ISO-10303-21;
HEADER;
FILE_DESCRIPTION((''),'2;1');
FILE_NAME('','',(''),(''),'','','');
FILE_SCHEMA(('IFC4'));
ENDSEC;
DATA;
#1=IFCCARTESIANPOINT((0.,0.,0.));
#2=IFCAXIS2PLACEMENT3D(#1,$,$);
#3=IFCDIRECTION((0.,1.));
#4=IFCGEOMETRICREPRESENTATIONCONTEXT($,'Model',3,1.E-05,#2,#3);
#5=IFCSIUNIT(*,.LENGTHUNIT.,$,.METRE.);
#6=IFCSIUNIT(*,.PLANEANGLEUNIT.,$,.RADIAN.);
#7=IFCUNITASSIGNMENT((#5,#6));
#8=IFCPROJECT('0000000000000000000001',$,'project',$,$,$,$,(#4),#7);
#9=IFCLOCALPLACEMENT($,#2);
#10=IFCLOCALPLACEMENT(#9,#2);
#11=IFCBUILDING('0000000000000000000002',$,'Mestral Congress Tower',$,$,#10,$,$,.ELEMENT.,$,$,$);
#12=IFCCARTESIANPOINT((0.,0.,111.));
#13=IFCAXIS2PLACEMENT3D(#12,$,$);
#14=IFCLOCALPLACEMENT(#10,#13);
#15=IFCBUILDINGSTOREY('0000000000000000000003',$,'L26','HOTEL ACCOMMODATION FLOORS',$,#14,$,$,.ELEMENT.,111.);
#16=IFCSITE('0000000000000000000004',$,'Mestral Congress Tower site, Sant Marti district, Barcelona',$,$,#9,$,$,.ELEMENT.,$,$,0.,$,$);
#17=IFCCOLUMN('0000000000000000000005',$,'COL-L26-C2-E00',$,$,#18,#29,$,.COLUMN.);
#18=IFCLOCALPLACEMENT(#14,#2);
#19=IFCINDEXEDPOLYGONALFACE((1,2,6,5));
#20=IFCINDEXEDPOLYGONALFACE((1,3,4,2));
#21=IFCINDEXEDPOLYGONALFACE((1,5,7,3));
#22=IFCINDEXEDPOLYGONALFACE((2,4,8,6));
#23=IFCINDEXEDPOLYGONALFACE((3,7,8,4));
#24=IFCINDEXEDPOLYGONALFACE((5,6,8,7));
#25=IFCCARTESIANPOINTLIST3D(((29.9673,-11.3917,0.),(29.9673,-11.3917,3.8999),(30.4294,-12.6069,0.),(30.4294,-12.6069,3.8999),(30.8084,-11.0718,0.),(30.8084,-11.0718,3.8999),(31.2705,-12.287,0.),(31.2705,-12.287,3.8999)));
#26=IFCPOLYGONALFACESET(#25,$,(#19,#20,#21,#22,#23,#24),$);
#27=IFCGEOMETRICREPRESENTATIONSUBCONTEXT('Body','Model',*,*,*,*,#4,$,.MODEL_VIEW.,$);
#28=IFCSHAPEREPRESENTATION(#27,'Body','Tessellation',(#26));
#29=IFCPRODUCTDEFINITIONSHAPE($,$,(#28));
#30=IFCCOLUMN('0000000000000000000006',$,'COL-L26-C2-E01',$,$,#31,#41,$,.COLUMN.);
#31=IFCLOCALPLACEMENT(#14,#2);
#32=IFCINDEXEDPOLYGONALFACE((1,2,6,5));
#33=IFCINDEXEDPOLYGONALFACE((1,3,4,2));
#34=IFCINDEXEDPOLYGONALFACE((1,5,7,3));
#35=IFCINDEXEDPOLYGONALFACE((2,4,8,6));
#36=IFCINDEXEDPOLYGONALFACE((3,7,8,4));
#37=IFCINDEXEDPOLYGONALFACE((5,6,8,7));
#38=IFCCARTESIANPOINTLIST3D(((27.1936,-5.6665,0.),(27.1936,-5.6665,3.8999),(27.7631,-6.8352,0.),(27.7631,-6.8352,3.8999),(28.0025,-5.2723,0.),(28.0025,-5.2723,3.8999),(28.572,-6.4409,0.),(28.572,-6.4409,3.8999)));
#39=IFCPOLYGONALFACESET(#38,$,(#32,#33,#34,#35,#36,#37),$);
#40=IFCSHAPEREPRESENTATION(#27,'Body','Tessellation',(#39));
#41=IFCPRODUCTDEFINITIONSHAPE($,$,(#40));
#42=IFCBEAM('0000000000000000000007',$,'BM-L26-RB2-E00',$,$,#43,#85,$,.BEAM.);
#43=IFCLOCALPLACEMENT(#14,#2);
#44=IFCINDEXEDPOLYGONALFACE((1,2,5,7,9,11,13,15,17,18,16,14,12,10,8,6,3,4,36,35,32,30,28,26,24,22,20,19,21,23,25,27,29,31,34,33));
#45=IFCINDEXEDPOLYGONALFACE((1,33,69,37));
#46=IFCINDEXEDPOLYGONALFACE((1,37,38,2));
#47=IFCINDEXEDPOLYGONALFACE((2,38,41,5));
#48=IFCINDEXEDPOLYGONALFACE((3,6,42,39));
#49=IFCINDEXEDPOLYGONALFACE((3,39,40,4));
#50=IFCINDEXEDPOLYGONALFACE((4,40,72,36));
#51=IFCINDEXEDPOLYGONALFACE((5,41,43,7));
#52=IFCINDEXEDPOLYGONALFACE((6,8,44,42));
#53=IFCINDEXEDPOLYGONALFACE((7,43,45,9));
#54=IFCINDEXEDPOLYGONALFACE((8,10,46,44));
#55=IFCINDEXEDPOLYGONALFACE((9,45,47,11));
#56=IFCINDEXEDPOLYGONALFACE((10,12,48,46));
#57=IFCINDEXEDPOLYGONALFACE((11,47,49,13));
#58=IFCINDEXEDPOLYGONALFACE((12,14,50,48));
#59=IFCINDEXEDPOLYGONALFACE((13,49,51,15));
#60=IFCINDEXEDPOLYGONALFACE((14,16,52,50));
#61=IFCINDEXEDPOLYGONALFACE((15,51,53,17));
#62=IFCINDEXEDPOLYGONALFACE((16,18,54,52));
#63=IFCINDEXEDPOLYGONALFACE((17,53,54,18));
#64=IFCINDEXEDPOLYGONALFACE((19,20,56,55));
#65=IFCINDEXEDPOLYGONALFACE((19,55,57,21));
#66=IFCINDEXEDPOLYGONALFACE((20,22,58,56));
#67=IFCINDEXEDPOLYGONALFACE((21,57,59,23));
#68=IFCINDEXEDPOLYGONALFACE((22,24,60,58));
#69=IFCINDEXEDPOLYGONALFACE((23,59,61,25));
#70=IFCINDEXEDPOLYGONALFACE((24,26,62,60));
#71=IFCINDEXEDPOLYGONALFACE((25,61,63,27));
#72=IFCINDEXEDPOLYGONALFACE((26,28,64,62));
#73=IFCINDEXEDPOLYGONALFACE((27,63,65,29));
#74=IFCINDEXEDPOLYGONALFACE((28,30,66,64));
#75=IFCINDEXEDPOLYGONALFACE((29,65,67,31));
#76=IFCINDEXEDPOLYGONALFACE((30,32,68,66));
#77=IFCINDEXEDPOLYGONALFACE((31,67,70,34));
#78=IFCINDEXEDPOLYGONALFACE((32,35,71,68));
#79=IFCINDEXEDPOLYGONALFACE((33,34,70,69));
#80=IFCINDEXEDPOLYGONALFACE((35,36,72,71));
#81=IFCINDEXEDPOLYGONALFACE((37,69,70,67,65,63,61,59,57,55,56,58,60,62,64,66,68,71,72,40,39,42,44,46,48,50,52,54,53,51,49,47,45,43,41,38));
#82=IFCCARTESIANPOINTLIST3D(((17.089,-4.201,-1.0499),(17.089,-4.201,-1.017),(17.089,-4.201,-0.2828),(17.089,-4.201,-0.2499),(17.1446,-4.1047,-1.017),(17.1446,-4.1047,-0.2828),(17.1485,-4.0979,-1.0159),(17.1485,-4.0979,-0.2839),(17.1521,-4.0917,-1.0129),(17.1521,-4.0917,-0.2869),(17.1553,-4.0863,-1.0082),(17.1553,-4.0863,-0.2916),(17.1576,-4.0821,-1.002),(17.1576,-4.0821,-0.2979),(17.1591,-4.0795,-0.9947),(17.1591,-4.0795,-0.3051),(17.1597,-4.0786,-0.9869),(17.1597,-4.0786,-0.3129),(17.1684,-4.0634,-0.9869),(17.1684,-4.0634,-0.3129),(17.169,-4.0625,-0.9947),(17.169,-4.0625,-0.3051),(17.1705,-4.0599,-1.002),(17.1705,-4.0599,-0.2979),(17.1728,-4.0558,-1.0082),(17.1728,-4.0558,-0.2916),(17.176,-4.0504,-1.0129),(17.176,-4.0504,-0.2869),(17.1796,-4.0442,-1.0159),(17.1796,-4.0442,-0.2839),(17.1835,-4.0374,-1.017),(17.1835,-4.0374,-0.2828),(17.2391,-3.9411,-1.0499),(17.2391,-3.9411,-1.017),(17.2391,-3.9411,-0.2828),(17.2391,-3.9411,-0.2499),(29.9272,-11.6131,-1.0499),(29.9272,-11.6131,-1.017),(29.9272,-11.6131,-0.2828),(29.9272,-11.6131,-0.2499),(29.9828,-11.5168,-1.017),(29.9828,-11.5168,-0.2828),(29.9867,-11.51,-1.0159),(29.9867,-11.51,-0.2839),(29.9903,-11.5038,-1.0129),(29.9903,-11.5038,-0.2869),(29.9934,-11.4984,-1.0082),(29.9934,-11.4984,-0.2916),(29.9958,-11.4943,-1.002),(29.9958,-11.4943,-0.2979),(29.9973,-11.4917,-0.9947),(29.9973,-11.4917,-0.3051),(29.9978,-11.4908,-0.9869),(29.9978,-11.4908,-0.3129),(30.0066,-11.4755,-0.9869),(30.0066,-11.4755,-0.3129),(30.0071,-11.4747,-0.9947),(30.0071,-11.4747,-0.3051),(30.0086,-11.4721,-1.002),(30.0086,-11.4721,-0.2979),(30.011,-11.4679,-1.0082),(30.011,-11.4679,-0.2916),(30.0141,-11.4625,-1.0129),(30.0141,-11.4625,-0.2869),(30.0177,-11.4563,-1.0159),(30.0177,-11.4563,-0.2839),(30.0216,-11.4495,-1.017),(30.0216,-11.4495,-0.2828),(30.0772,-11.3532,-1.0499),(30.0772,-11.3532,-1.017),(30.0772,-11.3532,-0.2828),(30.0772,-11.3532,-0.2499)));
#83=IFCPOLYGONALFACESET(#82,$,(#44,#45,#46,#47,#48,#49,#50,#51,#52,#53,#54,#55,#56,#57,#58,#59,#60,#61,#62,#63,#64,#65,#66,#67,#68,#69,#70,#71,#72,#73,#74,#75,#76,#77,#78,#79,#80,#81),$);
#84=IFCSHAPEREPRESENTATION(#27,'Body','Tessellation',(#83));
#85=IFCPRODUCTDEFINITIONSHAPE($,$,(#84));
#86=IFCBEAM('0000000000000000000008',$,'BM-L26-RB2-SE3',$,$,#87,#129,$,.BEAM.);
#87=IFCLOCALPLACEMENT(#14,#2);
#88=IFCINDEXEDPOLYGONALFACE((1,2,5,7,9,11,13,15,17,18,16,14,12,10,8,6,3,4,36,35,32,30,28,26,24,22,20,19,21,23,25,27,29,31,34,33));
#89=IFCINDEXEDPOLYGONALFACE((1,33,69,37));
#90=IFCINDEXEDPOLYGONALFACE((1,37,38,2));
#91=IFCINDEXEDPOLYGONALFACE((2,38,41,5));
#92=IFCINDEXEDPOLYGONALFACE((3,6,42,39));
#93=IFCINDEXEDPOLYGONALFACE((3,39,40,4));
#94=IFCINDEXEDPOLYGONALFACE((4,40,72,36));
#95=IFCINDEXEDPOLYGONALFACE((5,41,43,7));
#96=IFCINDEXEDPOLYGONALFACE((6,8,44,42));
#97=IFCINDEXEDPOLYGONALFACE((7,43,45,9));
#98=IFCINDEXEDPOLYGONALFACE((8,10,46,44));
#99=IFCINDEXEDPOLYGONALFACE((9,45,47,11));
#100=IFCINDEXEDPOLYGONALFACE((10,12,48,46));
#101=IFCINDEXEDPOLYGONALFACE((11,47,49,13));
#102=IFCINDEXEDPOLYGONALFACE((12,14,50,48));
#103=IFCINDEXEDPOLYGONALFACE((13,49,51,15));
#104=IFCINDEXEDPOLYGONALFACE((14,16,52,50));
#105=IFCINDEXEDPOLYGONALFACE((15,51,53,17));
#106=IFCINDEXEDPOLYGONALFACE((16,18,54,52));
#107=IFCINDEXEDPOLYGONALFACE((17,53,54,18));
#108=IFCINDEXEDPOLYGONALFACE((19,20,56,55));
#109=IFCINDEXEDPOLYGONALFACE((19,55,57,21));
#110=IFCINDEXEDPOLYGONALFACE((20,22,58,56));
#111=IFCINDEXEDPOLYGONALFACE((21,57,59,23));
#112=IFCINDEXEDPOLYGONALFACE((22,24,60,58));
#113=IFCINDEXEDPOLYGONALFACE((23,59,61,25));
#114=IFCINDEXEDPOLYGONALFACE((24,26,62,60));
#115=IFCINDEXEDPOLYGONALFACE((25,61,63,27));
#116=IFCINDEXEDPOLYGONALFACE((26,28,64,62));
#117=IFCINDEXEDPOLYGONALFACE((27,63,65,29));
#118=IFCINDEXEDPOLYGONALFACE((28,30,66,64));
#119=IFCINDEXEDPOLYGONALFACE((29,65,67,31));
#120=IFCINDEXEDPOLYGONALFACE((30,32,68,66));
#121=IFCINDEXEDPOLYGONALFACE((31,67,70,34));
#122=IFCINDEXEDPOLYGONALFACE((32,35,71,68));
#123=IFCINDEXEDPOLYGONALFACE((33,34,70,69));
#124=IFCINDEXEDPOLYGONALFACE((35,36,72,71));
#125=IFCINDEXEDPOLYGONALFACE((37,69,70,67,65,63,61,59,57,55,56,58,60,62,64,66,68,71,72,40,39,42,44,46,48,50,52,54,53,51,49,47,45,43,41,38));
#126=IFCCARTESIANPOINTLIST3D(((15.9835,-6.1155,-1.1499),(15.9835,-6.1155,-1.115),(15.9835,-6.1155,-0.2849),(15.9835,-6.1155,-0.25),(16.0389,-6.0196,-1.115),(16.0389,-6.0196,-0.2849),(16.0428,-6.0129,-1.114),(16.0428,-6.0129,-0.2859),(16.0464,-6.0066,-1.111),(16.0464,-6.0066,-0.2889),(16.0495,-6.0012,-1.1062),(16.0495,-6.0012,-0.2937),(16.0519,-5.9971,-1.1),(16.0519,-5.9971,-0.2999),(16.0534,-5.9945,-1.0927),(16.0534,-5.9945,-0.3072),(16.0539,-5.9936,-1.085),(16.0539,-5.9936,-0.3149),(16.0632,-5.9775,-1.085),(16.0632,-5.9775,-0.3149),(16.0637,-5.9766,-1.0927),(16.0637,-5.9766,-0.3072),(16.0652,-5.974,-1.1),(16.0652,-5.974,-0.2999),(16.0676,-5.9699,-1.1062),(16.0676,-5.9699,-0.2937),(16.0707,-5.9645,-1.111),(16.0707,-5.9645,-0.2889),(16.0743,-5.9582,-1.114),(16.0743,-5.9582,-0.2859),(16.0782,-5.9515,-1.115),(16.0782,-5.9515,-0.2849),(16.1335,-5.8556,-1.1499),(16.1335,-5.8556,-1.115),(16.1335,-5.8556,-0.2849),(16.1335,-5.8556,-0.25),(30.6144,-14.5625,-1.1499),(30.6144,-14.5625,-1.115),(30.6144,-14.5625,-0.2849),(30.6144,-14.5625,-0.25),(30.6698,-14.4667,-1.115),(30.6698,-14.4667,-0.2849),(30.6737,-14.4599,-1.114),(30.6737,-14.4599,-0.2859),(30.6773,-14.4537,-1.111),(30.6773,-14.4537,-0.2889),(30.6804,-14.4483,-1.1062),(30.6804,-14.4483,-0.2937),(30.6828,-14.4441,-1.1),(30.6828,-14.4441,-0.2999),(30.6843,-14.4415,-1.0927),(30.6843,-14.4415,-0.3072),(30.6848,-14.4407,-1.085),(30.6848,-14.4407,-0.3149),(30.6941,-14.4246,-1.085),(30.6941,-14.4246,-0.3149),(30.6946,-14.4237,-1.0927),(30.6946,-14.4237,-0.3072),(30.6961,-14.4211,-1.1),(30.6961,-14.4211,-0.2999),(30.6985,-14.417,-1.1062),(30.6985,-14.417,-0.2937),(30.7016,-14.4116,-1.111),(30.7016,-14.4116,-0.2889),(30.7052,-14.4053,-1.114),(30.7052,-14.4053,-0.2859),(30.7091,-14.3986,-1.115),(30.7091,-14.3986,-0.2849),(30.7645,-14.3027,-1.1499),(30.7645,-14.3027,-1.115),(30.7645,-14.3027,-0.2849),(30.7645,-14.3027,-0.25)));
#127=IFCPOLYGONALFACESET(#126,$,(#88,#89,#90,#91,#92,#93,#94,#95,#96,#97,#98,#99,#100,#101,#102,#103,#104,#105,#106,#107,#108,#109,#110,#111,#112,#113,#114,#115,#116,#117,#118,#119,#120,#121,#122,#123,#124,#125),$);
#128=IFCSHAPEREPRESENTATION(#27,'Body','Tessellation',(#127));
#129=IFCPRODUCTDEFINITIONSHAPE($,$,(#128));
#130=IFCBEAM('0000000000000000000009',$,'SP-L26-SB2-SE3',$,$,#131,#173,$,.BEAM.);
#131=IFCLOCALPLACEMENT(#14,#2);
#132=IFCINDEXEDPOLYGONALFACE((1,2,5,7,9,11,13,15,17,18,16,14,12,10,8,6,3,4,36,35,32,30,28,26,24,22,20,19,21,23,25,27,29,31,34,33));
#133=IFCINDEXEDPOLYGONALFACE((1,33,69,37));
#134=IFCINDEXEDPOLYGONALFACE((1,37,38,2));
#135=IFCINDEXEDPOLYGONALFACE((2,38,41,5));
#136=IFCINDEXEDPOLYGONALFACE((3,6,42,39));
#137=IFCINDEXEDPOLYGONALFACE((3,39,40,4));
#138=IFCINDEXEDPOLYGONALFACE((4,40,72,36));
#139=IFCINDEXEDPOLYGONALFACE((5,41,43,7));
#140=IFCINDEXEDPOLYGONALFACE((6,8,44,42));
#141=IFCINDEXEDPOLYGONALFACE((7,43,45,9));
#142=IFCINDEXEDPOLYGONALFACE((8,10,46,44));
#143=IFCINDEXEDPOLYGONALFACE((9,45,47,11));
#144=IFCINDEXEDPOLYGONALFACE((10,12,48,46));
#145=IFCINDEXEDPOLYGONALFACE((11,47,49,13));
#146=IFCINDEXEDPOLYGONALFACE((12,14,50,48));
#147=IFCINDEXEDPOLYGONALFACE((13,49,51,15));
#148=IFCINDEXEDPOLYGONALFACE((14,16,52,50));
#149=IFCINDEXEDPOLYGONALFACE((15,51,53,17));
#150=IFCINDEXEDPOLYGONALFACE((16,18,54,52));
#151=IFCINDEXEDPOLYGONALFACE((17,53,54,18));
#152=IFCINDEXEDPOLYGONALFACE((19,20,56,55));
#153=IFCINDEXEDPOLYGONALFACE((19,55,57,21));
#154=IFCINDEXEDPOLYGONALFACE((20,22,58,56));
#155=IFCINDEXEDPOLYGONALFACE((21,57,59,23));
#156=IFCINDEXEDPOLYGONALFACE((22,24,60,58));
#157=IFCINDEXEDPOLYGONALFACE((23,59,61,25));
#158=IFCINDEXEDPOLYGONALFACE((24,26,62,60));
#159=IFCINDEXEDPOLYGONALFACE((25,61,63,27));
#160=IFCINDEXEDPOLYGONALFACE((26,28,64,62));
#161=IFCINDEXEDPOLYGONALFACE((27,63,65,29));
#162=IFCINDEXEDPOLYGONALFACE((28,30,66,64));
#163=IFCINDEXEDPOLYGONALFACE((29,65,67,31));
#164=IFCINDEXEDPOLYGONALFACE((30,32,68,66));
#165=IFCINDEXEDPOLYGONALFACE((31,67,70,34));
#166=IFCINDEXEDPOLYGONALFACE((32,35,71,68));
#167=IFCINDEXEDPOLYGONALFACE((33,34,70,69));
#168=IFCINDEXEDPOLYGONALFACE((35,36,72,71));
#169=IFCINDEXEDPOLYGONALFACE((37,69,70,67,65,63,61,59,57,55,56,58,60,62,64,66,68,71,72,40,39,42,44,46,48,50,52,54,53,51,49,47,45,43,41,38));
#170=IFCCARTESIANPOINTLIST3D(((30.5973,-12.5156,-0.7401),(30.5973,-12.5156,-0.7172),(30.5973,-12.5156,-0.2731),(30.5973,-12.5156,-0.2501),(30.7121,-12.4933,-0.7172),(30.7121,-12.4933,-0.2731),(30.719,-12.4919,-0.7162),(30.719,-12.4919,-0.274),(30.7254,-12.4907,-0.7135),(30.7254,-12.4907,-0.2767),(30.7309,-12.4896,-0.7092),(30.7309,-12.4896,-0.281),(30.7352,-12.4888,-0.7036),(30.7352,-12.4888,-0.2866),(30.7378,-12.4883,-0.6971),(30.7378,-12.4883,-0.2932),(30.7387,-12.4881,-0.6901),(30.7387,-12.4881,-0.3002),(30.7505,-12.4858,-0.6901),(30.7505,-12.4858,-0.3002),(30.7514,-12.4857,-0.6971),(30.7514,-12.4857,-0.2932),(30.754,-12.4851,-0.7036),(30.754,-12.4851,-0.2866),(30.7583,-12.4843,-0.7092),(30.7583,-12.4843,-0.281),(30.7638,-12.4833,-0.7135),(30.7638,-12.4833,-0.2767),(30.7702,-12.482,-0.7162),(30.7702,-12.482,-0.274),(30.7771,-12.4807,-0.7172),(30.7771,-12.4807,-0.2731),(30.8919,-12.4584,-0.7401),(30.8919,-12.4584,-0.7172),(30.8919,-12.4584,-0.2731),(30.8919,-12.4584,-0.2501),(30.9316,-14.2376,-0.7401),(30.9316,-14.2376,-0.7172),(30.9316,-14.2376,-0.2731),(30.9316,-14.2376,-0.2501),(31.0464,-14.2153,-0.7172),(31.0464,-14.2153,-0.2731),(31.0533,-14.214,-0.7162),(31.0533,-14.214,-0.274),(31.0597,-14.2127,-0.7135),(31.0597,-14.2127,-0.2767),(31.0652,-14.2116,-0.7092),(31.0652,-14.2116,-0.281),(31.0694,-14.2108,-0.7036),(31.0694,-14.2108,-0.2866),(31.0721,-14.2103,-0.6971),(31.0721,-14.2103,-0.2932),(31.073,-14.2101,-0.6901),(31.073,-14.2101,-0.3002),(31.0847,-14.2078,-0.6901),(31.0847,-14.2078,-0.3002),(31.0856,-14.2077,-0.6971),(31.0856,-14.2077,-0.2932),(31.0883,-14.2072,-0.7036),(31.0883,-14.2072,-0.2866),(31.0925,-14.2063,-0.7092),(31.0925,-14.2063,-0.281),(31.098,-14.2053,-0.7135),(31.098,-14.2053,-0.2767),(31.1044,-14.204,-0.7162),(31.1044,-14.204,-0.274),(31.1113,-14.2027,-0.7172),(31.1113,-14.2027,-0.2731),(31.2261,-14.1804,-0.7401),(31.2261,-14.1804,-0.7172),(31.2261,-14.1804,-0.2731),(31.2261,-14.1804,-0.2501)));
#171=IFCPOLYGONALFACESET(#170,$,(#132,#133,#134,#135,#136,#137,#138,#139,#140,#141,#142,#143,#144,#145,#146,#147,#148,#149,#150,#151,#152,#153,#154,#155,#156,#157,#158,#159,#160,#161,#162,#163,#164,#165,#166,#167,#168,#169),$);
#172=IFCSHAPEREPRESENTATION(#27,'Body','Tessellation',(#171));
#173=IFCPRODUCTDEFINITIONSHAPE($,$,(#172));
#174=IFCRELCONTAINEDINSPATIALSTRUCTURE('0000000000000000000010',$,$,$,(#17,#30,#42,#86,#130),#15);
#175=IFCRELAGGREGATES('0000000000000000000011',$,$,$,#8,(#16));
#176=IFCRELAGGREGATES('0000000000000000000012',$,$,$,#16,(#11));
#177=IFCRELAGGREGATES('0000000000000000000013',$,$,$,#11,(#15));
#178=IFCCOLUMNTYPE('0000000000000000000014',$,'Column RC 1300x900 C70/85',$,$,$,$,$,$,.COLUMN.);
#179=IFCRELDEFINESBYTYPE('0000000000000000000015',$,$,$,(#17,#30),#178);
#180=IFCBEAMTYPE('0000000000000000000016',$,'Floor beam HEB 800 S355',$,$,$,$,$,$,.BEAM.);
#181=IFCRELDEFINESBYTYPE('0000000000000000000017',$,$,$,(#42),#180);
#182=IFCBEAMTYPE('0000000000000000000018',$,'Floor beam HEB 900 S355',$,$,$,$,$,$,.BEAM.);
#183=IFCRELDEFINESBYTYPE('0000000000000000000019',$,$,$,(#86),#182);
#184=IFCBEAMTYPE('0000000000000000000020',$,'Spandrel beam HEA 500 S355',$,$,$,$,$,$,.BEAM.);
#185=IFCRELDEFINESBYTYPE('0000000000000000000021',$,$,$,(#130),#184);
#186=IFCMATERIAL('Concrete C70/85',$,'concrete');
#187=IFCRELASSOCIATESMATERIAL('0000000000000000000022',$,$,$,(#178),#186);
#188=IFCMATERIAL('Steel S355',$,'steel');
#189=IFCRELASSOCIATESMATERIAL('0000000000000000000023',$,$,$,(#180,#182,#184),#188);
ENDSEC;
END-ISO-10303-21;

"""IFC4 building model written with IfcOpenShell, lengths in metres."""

from ifc_helpers import new_model, si_unit, direction, frame, origin, origin_2d, place, context, subcontext, project, spatial, rectangle, i_section, extrude, material, material_profile, profile_set, type_object, element, save


model = new_model("IFC4")

# Units and contexts
model_context = context("Model", 3, precision=1e-05, world=origin(), true_north=direction((0.0, 1.0)))
body_context = subcontext(model_context, "Body", "Model", "MODEL_VIEW")
ifc_project = project(units=[si_unit("LENGTHUNIT", "METRE"), si_unit("PLANEANGLEUNIT", "RADIAN")], contexts=[model_context])

# Site, building, storey
site_placement = place(None, origin())
site = spatial("IfcSite", under=ifc_project, at=site_placement, Name="Mestral Congress Tower site, Sant Marti district, Barcelona", CompositionType="ELEMENT", RefElevation=0.0)
building_placement = place(site_placement, origin())
building = spatial("IfcBuilding", under=site, at=building_placement, Name="Mestral Congress Tower", CompositionType="ELEMENT")
storey_placement = place(building_placement, frame((0.0, 0.0, 111.0)))
storey = spatial("IfcBuildingStorey", under=building, at=storey_placement, Name="L26", Description="HOTEL ACCOMMODATION FLOORS", CompositionType="ELEMENT", Elevation=111.0)

# Columns
ifc_material_1 = material(Name="Concrete C70/85", Category="concrete")
ifc_material_profile_1 = material_profile(ifc_material_1, rectangle(XDim=1.3, YDim=0.8999, at=origin_2d()), Name="RC 1300x900")
ifc_profile_set_1 = profile_set([ifc_material_profile_1], Name="Concrete C70/85")
column_type = type_object("IfcColumnType", Name="Column RC 1300x900 C70/85", PredefinedType="COLUMN", material=ifc_profile_set_1)
for number, where, z_axis, x_axis, name in (
    (1, (30.6189, -11.8394, 0.0), (0.0, 0.0, 1.0), (-0.355494, 0.934679, 0.0), "COL-L26-C2-E00"),
    (2, (27.8828, -6.0537, 0.0), (0.0, 0.0, 1.0), (-0.438061, 0.898945, 0.0), "COL-L26-C2-E01"),
):
    element("IfcColumn", number, at=place(storey_placement, frame(where, z_axis=z_axis, x_axis=x_axis)), inside=storey, type_object=column_type, Name=name, PredefinedType="COLUMN", context=body_context, shape_type="SweptSolid", body=[
        extrude(rectangle(XDim=1.3, YDim=0.8999, at=origin_2d()), origin(), (0.0, 0.0, 1.0), 3.8999),
    ])

# Beams
ifc_material_2 = material(Name="Steel S355", Category="steel")
ifc_material_profile_2 = material_profile(ifc_material_2, i_section(OverallWidth=0.3, OverallDepth=0.8, WebThickness=0.0176, FlangeThickness=0.033, FilletRadius=0.03, at=origin_2d()), Name="HEB 800")
ifc_profile_set_2 = profile_set([ifc_material_profile_2], Name="Steel S355")
beam_type_1 = type_object("IfcBeamType", Name="Floor beam HEB 800 S355", PredefinedType="BEAM", material=ifc_profile_set_2)
beam_1_placement = place(storey_placement, frame((30.0022, -11.4832, -0.6499), z_axis=(-0.866025, 0.5, 0.0), x_axis=(-0.5, -0.866025, 0.0)))
element("IfcBeam", 3, at=beam_1_placement, inside=storey, type_object=beam_type_1, Name="BM-L26-RB2-E00", PredefinedType="BEAM", context=body_context, shape_type="SweptSolid", body=[
    extrude(i_section(OverallWidth=0.3, OverallDepth=0.8, WebThickness=0.0176, FlangeThickness=0.033, FilletRadius=0.03, at=origin_2d()), origin(), (0.0, 0.0, 1.0), 14.8242),
])
ifc_material_profile_3 = material_profile(ifc_material_2, i_section(OverallWidth=0.3, OverallDepth=0.8999, WebThickness=0.0186, FlangeThickness=0.0349, FilletRadius=0.03, at=origin_2d()), Name="HEB 900")
ifc_profile_set_3 = profile_set([ifc_material_profile_3], Name="Steel S355")
beam_type_2 = type_object("IfcBeamType", Name="Floor beam HEB 900 S355", PredefinedType="BEAM", material=ifc_profile_set_3)
beam_2_placement = place(storey_placement, frame((30.6895, -14.4326, -0.7), z_axis=(-0.866028, 0.499995, 0.0), x_axis=(-0.499995, -0.866028, 0.0)))
element("IfcBeam", 4, at=beam_2_placement, inside=storey, type_object=beam_type_2, Name="BM-L26-RB2-SE3", PredefinedType="BEAM", context=body_context, shape_type="SweptSolid", body=[
    extrude(i_section(OverallWidth=0.3, OverallDepth=0.8999, WebThickness=0.0186, FlangeThickness=0.0349, FilletRadius=0.03, at=origin_2d()), origin(), (0.0, 0.0, 1.0), 16.8943),
])
ifc_material_profile_4 = material_profile(ifc_material_2, i_section(OverallWidth=0.3, OverallDepth=0.49, WebThickness=0.012, FlangeThickness=0.0229, FilletRadius=0.0271, at=origin_2d()), Name="HEA 500")
ifc_profile_set_4 = profile_set([ifc_material_profile_4], Name="Steel S355")
beam_type_3 = type_object("IfcBeamType", Name="Spandrel beam HEA 500 S355", PredefinedType="BEAM", material=ifc_profile_set_4)
beam_3_placement = place(storey_placement, frame((31.0789, -14.209, -0.4951), z_axis=(-0.190546, 0.981678, 0.0), x_axis=(-0.981678, -0.190546, 0.0)))
element("IfcBeam", 5, at=beam_3_placement, inside=storey, type_object=beam_type_3, Name="SP-L26-SB2-SE3", PredefinedType="BEAM", context=body_context, shape_type="SweptSolid", body=[
    extrude(i_section(OverallWidth=0.3, OverallDepth=0.49, WebThickness=0.012, FlangeThickness=0.0229, FilletRadius=0.0271, at=origin_2d()), origin(), (0.0, 0.0, 1.0), 1.7542),
])

save(model, "model.ifc")
